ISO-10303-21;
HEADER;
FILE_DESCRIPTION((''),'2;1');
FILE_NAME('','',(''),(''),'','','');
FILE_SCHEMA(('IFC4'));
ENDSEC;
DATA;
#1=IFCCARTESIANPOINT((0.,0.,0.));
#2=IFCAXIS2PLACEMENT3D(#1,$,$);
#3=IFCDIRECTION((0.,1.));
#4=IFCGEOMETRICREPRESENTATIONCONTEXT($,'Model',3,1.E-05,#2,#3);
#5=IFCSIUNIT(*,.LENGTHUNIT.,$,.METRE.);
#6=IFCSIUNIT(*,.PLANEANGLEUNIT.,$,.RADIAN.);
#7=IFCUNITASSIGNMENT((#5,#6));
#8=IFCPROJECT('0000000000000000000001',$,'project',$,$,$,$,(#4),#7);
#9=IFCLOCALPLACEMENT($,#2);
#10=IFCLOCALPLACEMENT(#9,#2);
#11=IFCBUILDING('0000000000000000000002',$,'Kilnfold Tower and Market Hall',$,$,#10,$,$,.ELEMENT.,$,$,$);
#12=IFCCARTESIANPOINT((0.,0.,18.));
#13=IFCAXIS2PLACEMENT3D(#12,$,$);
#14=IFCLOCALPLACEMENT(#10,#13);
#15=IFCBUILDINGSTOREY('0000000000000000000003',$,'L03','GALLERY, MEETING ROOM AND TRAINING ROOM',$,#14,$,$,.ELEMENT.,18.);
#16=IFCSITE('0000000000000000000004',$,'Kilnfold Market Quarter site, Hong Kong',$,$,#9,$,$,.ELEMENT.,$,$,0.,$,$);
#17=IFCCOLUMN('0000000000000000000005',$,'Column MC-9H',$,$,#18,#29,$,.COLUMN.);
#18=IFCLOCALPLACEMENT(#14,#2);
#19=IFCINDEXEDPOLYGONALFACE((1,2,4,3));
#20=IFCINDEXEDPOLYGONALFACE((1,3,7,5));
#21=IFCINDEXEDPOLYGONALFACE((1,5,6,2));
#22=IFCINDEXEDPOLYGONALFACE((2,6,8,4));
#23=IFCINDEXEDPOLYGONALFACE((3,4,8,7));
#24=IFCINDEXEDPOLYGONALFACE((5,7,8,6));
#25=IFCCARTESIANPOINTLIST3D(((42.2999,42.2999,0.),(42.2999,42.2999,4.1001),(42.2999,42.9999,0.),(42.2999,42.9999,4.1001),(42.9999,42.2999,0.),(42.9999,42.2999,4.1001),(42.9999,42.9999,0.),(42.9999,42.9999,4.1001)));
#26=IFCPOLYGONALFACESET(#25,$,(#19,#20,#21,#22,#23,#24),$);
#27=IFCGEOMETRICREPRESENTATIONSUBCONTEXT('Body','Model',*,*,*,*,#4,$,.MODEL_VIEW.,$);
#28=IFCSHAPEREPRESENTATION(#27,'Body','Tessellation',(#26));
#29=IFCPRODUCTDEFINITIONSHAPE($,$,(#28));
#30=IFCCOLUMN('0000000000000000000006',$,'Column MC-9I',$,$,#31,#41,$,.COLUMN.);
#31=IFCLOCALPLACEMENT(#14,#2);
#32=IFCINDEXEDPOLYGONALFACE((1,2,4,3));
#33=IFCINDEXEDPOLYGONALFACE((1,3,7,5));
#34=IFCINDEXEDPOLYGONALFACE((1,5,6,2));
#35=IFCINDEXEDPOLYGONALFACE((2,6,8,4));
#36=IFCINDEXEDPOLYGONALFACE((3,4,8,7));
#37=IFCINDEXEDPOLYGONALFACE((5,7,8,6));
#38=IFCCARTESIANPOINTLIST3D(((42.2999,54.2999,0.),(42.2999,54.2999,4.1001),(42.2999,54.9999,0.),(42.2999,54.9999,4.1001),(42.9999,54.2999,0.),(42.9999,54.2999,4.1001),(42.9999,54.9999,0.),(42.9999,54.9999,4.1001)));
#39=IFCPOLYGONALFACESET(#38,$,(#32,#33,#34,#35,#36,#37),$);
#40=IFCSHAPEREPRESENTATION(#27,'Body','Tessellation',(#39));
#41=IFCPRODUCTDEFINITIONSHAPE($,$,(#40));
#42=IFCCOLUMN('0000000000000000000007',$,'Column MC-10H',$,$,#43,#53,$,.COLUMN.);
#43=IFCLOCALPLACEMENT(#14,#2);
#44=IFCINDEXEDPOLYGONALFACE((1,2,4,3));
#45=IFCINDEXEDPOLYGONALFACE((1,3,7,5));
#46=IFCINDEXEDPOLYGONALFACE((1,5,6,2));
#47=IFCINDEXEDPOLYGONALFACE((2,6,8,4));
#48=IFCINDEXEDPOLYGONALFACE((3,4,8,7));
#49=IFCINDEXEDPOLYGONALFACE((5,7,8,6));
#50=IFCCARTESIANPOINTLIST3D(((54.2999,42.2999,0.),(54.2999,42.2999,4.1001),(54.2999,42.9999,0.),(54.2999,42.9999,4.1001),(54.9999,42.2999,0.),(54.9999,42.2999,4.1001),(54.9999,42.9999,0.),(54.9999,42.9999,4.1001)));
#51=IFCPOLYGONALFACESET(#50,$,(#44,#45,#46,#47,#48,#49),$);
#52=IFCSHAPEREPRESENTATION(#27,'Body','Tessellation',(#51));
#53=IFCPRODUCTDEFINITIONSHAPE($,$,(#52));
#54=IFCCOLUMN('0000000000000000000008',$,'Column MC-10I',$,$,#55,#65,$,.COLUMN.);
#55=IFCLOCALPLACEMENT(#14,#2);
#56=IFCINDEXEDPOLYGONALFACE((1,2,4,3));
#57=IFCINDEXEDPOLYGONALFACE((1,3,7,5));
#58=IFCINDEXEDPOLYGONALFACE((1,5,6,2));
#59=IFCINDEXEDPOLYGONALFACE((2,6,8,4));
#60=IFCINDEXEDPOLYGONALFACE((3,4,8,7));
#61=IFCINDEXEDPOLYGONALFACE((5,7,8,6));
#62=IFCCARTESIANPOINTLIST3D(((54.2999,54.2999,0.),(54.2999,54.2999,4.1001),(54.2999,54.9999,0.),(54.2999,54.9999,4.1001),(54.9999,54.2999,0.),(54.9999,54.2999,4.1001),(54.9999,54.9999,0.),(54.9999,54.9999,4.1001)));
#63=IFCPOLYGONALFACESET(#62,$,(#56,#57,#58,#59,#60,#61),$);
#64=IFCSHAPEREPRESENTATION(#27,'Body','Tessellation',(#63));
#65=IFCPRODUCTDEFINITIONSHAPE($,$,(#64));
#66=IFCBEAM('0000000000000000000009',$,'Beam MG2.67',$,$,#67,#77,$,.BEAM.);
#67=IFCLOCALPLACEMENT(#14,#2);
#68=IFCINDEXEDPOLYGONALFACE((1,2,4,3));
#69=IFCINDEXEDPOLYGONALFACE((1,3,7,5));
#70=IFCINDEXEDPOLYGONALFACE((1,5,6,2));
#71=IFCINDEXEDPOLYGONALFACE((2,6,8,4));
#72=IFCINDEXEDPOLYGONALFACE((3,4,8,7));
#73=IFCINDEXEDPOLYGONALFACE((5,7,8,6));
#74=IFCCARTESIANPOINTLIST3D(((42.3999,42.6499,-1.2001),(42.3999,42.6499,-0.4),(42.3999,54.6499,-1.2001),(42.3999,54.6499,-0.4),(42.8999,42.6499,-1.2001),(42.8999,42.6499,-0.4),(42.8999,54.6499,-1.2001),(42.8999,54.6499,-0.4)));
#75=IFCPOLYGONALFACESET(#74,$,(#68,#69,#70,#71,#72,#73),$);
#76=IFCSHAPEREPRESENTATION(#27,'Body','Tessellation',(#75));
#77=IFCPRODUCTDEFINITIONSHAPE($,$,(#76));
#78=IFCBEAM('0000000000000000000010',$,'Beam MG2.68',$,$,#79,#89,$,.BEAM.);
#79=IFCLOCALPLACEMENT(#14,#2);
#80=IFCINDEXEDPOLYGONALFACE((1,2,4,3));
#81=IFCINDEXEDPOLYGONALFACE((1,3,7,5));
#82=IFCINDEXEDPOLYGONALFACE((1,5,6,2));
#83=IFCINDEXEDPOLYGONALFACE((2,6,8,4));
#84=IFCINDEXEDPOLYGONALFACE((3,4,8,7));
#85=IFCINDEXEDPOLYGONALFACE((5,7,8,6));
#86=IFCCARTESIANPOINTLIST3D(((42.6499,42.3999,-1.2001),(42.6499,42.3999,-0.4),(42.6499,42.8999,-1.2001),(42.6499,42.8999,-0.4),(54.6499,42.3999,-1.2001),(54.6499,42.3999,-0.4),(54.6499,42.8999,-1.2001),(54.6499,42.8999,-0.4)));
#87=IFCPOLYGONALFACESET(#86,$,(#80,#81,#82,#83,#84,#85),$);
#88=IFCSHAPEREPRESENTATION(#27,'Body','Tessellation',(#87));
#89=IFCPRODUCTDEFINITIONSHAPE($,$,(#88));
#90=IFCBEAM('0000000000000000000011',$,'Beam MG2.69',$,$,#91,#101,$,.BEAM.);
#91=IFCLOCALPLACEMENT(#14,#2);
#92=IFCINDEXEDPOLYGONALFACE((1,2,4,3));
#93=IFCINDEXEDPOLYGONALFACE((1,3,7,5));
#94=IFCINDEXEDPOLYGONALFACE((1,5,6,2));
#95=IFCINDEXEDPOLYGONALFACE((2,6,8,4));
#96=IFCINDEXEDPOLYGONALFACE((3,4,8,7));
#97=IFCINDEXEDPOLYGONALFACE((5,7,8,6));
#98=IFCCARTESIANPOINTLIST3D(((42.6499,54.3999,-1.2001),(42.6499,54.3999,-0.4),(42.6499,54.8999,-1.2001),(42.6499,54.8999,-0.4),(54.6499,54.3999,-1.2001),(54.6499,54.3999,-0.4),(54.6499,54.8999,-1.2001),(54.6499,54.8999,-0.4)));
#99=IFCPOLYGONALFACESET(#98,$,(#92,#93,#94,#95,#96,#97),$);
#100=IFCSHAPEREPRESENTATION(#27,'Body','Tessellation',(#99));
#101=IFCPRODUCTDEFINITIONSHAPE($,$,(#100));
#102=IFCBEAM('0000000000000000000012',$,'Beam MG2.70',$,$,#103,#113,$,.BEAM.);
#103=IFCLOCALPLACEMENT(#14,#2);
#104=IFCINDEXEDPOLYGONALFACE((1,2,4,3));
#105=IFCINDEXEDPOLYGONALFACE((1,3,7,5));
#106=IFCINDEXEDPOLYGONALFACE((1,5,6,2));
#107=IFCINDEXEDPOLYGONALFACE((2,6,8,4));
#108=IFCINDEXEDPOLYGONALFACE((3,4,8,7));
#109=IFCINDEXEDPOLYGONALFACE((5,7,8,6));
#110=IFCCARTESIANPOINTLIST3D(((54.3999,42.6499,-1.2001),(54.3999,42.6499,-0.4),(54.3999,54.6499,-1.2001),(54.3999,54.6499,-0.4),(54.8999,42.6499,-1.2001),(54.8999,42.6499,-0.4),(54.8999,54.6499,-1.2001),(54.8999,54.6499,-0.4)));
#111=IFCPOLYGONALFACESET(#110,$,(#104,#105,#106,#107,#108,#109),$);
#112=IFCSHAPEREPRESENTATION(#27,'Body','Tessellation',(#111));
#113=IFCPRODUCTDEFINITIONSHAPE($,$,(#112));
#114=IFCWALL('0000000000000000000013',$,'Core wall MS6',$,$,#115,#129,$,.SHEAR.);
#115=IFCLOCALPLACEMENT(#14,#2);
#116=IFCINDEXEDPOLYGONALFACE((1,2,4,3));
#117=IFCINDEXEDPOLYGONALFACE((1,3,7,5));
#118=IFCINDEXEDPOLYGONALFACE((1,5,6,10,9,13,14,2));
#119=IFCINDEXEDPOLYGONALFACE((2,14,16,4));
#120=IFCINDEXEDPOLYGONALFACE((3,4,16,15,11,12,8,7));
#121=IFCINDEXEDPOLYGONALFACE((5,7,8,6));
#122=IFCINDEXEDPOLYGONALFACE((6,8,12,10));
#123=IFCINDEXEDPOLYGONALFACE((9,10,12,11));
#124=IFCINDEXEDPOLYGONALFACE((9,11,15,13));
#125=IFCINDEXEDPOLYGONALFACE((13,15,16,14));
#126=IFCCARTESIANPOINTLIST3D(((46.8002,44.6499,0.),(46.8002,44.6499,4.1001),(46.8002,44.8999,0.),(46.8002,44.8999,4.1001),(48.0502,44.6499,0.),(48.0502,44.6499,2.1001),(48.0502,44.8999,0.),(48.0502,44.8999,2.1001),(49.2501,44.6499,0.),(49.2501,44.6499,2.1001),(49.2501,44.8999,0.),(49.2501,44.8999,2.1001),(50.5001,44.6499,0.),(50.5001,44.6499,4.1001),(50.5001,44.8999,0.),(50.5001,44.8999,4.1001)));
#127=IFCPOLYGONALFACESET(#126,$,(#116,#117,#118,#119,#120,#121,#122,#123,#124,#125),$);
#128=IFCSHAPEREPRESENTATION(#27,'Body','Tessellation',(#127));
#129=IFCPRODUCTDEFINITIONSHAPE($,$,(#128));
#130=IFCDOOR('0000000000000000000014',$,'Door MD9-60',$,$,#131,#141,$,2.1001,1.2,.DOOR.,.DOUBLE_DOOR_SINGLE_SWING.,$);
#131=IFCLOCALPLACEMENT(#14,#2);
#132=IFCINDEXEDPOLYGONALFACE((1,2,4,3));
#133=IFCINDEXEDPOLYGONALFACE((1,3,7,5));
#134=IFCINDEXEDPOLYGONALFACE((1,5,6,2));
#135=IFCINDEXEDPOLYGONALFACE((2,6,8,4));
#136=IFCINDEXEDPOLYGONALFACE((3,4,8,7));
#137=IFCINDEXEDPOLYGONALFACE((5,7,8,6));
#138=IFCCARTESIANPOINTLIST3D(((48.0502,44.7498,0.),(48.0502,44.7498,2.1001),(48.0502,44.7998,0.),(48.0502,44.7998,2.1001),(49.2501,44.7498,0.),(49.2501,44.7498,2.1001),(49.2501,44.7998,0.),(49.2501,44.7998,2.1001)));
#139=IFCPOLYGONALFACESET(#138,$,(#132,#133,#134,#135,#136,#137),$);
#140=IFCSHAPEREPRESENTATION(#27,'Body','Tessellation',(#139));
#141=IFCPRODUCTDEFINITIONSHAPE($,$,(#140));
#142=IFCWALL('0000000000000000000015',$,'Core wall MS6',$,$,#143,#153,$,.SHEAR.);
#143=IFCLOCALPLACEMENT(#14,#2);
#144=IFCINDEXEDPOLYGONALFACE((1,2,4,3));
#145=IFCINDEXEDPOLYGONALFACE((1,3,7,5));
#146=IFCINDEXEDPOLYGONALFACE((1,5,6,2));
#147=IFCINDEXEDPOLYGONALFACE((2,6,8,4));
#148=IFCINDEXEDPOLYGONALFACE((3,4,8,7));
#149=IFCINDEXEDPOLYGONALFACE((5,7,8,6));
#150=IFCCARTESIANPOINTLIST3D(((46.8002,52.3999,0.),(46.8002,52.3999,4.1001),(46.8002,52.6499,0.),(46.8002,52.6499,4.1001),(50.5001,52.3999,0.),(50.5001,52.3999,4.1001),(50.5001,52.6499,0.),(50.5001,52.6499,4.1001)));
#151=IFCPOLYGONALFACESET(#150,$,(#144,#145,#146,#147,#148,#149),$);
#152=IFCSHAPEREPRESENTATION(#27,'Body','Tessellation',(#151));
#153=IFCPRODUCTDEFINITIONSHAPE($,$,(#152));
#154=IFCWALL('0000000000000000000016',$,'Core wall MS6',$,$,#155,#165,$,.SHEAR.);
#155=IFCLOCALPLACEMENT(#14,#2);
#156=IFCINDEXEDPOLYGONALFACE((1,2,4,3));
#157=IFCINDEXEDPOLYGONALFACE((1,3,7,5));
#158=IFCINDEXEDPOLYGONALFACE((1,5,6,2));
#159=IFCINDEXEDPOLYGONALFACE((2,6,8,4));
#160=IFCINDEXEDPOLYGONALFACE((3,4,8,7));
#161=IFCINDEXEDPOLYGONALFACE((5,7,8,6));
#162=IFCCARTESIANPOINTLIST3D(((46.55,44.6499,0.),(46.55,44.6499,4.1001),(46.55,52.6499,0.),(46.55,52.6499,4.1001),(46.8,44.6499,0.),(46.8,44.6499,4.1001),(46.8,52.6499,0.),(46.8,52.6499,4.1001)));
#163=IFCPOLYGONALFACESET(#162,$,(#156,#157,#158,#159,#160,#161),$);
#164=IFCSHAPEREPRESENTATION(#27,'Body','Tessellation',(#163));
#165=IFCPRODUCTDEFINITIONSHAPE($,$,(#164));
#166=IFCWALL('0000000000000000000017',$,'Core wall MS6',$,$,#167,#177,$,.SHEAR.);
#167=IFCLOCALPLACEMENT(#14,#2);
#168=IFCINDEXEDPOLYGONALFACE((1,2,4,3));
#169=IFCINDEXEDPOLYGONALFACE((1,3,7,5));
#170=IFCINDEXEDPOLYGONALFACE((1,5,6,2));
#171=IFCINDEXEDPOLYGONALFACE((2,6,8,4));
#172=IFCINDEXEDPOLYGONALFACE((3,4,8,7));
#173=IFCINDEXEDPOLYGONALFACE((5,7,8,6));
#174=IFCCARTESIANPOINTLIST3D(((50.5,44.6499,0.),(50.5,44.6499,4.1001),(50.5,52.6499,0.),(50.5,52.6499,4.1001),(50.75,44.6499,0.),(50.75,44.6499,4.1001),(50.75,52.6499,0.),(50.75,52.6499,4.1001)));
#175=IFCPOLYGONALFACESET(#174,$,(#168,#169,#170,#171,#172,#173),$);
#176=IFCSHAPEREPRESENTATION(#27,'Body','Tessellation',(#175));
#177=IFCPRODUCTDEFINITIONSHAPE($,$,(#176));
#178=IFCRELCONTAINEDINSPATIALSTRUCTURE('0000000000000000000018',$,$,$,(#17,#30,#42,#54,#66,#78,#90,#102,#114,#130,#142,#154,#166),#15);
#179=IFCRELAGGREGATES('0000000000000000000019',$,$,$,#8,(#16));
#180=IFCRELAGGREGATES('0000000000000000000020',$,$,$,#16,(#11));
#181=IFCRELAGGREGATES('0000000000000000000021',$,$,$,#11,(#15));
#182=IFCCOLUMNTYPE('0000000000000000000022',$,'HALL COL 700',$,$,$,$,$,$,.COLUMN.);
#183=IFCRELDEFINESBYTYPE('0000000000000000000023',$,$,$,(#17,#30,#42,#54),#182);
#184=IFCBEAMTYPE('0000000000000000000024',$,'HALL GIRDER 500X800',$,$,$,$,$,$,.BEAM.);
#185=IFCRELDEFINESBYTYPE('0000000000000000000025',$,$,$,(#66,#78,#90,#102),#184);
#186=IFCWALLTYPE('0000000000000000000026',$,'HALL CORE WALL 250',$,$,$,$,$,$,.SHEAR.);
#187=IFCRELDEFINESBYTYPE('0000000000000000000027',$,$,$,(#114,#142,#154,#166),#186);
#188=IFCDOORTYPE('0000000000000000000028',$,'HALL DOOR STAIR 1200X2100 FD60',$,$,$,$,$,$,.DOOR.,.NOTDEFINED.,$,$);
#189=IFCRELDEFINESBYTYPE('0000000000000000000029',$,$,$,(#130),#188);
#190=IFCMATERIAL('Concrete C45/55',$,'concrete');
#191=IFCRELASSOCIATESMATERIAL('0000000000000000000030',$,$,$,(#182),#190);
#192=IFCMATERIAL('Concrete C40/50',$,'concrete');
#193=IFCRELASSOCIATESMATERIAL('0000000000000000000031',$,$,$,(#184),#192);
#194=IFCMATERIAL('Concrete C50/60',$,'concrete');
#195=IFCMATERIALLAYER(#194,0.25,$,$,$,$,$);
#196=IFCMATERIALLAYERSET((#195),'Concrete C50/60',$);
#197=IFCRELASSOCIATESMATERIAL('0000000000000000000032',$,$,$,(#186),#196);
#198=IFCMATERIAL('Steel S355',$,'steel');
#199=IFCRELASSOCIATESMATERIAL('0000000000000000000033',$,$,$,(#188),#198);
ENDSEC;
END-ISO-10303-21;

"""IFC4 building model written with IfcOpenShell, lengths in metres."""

from ifc_helpers import new_model, si_unit, direction, frame, frame_2d, origin, origin_2d, place, context, subcontext, project, spatial, rectangle, extrude, source, transform, mapped, material, layer, layer_set, material_profile, profile_set, type_object, element, fill, save


model = new_model("IFC4")

# Units and contexts
model_context = context("Model", 3, precision=1e-05, world=origin(), true_north=direction((0.0, 1.0)))
body_context = subcontext(model_context, "Body", "Model", "MODEL_VIEW")
ifc_project = project(units=[si_unit("LENGTHUNIT", "METRE"), si_unit("PLANEANGLEUNIT", "RADIAN")], contexts=[model_context])

# Site, building, storey
site_placement = place(None, origin())
site = spatial("IfcSite", under=ifc_project, at=site_placement, Name="Kilnfold Market Quarter site, Hong Kong", CompositionType="ELEMENT", RefElevation=0.0)
building_placement = place(site_placement, origin())
building = spatial("IfcBuilding", under=site, at=building_placement, Name="Kilnfold Tower and Market Hall", CompositionType="ELEMENT")
storey_placement = place(building_placement, frame((0.0, 0.0, 18.0)))
storey = spatial("IfcBuildingStorey", under=building, at=storey_placement, Name="L03", Description="GALLERY, MEETING ROOM AND TRAINING ROOM", CompositionType="ELEMENT", Elevation=18.0)

# Columns
ifc_material_1 = material(Name="Concrete C45/55", Category="concrete")
ifc_material_profile_1 = material_profile(ifc_material_1, rectangle(XDim=0.7, YDim=0.7, at=origin_2d()), Name="RC 700x700")
ifc_profile_set_1 = profile_set([ifc_material_profile_1], Name="Concrete C45/55")
column_type = type_object("IfcColumnType", Name="HALL COL 700", PredefinedType="COLUMN", material=ifc_profile_set_1)
shared_shape_1 = source(origin(), body_context, "Body", "SweptSolid", [
    extrude(rectangle(XDim=0.7, YDim=0.7, at=origin_2d()), origin(), (0.0, 0.0, 1.0), 4.1001),
])
for number, where, z_axis, x_axis, name in (
    (1, (42.6499, 42.6499, 0.0), (0.0, 0.0, 1.0), (1.0, 0.0, 0.0), "Column MC-9H"),
    (2, (42.6499, 54.6499, 0.0), (0.0, 0.0, 1.0), (1.0, 0.0, 0.0), "Column MC-9I"),
    (3, (54.6499, 42.6499, 0.0), (0.0, 0.0, 1.0), (1.0, 0.0, 0.0), "Column MC-10H"),
    (4, (54.6499, 54.6499, 0.0), (0.0, 0.0, 1.0), (1.0, 0.0, 0.0), "Column MC-10I"),
):
    element("IfcColumn", number, at=place(storey_placement, frame(where, z_axis=z_axis, x_axis=x_axis)), inside=storey, type_object=column_type, Name=name, PredefinedType="COLUMN", context=body_context, shape_type="MappedRepresentation", body=[
        mapped(shared_shape_1, transform((0.0, 0.0, 0.0))),
    ])

# Beams
ifc_material_2 = material(Name="Concrete C40/50", Category="concrete")
ifc_material_profile_2 = material_profile(ifc_material_2, rectangle(XDim=0.5, YDim=0.8, at=origin_2d()), Name="RC 500x800")
ifc_profile_set_2 = profile_set([ifc_material_profile_2], Name="Concrete C40/50")
beam_type = type_object("IfcBeamType", Name="HALL GIRDER 500X800", PredefinedType="BEAM", material=ifc_profile_set_2)
for number, where, z_axis, x_axis, name in (
    (5, (42.6499, 42.6499, -0.8), (0.0, 1.0, 0.0), (-1.0, 0.0, 0.0), "Beam MG2.67"),
    (6, (42.6499, 42.6499, -0.8), (1.0, 0.0, 0.0), (0.0, 1.0, 0.0), "Beam MG2.68"),
    (7, (42.6499, 54.6499, -0.8), (1.0, 0.0, 0.0), (0.0, 1.0, 0.0), "Beam MG2.69"),
    (8, (54.6499, 42.6499, -0.8), (0.0, 1.0, 0.0), (-1.0, 0.0, 0.0), "Beam MG2.70"),
):
    element("IfcBeam", number, at=place(storey_placement, frame(where, z_axis=z_axis, x_axis=x_axis)), inside=storey, type_object=beam_type, Name=name, PredefinedType="BEAM", context=body_context, shape_type="SweptSolid", body=[
        extrude(rectangle(XDim=0.5, YDim=0.8, at=origin_2d()), origin(), (0.0, 0.0, 1.0), 12.0),
    ])

# Wall, opening, door
ifc_material_3 = material(Name="Concrete C50/60", Category="concrete")
ifc_layer_1 = layer(ifc_material_3, 0.25)
ifc_layer_set_1 = layer_set([ifc_layer_1], Name="Concrete C50/60")
wall_type_1 = type_object("IfcWallType", Name="HALL CORE WALL 250", PredefinedType="SHEAR", material=ifc_layer_set_1)
shared_shape_2 = source(origin(), body_context, "Body", "SweptSolid", [
    extrude(rectangle(XDim=3.7, YDim=0.25, at=frame_2d((1.8501, 0.0))), origin(), (0.0, 0.0, 1.0), 4.1001),
])
wall_1_placement = place(storey_placement, frame((46.8, 44.7749, 0.0), z_axis=(0.0, 0.0, 1.0), x_axis=(1.0, 0.0, 0.0)))
wall_1 = element("IfcWall", 9, at=wall_1_placement, inside=storey, type_object=wall_type_1, Name="Core wall MS6", PredefinedType="SHEAR", context=body_context, shape_type="MappedRepresentation", body=[
    mapped(shared_shape_2, transform((0.0, 0.0, 0.0))),
])
opening_1_placement = place(wall_1_placement, frame((1.25, 0.0, 0.0)))
opening_1 = element("IfcOpeningElement", 10, at=opening_1_placement, cuts=wall_1, PredefinedType="OPENING", context=body_context, shape_type="SweptSolid", body=[
    extrude(rectangle(XDim=1.2, YDim=2.1001, at=frame_2d((0.6001, 1.05))), frame((0.0, 0.135, 0.0), z_axis=(0.0, -1.0, 0.0), x_axis=(1.0, 0.0, 0.0)), (0.0, 0.0, 1.0), 0.27),
])
ifc_material_4 = material(Name="Steel S355", Category="steel")
door_type_1 = type_object("IfcDoorType", Name="HALL DOOR STAIR 1200X2100 FD60", OperationType="NOTDEFINED", PredefinedType="DOOR", material=ifc_material_4)
door_1_placement = place(opening_1_placement, origin())
door_1 = element("IfcDoor", 11, at=door_1_placement, inside=storey, type_object=door_type_1, Name="Door MD9-60", OperationType="DOUBLE_DOOR_SINGLE_SWING", OverallHeight=2.1001, OverallWidth=1.2, PredefinedType="DOOR", context=body_context, shape_type="SweptSolid", body=[
    extrude(rectangle(XDim=1.2, YDim=2.1001, at=frame_2d((0.6001, 1.05))), frame((0.0, 0.0249, 0.0), z_axis=(0.0, -1.0, 0.0), x_axis=(1.0, 0.0, 0.0)), (0.0, 0.0, 1.0), 0.05),
])
fill(opening_1, door_1)

# Walls
wall_2_placement = place(storey_placement, frame((46.8, 52.5249, 0.0), z_axis=(0.0, 0.0, 1.0), x_axis=(1.0, 0.0, 0.0)))
element("IfcWall", 12, at=wall_2_placement, inside=storey, type_object=wall_type_1, Name="Core wall MS6", PredefinedType="SHEAR", context=body_context, shape_type="MappedRepresentation", body=[
    mapped(shared_shape_2, transform((0.0, 0.0, 0.0))),
])
shared_shape_3 = source(origin(), body_context, "Body", "SweptSolid", [
    extrude(rectangle(XDim=8.0, YDim=0.25, at=frame_2d((4.0, 0.0))), origin(), (0.0, 0.0, 1.0), 4.1001),
])
for number, where, z_axis, x_axis, name in (
    (13, (46.675, 44.6499, 0.0), (0.0, 0.0, 1.0), (0.0, 1.0, 0.0), "Core wall MS6"),
    (14, (50.625, 44.6499, 0.0), (0.0, 0.0, 1.0), (0.0, 1.0, 0.0), "Core wall MS6"),
):
    element("IfcWall", number, at=place(storey_placement, frame(where, z_axis=z_axis, x_axis=x_axis)), inside=storey, type_object=wall_type_1, Name=name, PredefinedType="SHEAR", context=body_context, shape_type="MappedRepresentation", body=[
        mapped(shared_shape_3, transform((0.0, 0.0, 0.0))),
    ])

save(model, "model.ifc")
